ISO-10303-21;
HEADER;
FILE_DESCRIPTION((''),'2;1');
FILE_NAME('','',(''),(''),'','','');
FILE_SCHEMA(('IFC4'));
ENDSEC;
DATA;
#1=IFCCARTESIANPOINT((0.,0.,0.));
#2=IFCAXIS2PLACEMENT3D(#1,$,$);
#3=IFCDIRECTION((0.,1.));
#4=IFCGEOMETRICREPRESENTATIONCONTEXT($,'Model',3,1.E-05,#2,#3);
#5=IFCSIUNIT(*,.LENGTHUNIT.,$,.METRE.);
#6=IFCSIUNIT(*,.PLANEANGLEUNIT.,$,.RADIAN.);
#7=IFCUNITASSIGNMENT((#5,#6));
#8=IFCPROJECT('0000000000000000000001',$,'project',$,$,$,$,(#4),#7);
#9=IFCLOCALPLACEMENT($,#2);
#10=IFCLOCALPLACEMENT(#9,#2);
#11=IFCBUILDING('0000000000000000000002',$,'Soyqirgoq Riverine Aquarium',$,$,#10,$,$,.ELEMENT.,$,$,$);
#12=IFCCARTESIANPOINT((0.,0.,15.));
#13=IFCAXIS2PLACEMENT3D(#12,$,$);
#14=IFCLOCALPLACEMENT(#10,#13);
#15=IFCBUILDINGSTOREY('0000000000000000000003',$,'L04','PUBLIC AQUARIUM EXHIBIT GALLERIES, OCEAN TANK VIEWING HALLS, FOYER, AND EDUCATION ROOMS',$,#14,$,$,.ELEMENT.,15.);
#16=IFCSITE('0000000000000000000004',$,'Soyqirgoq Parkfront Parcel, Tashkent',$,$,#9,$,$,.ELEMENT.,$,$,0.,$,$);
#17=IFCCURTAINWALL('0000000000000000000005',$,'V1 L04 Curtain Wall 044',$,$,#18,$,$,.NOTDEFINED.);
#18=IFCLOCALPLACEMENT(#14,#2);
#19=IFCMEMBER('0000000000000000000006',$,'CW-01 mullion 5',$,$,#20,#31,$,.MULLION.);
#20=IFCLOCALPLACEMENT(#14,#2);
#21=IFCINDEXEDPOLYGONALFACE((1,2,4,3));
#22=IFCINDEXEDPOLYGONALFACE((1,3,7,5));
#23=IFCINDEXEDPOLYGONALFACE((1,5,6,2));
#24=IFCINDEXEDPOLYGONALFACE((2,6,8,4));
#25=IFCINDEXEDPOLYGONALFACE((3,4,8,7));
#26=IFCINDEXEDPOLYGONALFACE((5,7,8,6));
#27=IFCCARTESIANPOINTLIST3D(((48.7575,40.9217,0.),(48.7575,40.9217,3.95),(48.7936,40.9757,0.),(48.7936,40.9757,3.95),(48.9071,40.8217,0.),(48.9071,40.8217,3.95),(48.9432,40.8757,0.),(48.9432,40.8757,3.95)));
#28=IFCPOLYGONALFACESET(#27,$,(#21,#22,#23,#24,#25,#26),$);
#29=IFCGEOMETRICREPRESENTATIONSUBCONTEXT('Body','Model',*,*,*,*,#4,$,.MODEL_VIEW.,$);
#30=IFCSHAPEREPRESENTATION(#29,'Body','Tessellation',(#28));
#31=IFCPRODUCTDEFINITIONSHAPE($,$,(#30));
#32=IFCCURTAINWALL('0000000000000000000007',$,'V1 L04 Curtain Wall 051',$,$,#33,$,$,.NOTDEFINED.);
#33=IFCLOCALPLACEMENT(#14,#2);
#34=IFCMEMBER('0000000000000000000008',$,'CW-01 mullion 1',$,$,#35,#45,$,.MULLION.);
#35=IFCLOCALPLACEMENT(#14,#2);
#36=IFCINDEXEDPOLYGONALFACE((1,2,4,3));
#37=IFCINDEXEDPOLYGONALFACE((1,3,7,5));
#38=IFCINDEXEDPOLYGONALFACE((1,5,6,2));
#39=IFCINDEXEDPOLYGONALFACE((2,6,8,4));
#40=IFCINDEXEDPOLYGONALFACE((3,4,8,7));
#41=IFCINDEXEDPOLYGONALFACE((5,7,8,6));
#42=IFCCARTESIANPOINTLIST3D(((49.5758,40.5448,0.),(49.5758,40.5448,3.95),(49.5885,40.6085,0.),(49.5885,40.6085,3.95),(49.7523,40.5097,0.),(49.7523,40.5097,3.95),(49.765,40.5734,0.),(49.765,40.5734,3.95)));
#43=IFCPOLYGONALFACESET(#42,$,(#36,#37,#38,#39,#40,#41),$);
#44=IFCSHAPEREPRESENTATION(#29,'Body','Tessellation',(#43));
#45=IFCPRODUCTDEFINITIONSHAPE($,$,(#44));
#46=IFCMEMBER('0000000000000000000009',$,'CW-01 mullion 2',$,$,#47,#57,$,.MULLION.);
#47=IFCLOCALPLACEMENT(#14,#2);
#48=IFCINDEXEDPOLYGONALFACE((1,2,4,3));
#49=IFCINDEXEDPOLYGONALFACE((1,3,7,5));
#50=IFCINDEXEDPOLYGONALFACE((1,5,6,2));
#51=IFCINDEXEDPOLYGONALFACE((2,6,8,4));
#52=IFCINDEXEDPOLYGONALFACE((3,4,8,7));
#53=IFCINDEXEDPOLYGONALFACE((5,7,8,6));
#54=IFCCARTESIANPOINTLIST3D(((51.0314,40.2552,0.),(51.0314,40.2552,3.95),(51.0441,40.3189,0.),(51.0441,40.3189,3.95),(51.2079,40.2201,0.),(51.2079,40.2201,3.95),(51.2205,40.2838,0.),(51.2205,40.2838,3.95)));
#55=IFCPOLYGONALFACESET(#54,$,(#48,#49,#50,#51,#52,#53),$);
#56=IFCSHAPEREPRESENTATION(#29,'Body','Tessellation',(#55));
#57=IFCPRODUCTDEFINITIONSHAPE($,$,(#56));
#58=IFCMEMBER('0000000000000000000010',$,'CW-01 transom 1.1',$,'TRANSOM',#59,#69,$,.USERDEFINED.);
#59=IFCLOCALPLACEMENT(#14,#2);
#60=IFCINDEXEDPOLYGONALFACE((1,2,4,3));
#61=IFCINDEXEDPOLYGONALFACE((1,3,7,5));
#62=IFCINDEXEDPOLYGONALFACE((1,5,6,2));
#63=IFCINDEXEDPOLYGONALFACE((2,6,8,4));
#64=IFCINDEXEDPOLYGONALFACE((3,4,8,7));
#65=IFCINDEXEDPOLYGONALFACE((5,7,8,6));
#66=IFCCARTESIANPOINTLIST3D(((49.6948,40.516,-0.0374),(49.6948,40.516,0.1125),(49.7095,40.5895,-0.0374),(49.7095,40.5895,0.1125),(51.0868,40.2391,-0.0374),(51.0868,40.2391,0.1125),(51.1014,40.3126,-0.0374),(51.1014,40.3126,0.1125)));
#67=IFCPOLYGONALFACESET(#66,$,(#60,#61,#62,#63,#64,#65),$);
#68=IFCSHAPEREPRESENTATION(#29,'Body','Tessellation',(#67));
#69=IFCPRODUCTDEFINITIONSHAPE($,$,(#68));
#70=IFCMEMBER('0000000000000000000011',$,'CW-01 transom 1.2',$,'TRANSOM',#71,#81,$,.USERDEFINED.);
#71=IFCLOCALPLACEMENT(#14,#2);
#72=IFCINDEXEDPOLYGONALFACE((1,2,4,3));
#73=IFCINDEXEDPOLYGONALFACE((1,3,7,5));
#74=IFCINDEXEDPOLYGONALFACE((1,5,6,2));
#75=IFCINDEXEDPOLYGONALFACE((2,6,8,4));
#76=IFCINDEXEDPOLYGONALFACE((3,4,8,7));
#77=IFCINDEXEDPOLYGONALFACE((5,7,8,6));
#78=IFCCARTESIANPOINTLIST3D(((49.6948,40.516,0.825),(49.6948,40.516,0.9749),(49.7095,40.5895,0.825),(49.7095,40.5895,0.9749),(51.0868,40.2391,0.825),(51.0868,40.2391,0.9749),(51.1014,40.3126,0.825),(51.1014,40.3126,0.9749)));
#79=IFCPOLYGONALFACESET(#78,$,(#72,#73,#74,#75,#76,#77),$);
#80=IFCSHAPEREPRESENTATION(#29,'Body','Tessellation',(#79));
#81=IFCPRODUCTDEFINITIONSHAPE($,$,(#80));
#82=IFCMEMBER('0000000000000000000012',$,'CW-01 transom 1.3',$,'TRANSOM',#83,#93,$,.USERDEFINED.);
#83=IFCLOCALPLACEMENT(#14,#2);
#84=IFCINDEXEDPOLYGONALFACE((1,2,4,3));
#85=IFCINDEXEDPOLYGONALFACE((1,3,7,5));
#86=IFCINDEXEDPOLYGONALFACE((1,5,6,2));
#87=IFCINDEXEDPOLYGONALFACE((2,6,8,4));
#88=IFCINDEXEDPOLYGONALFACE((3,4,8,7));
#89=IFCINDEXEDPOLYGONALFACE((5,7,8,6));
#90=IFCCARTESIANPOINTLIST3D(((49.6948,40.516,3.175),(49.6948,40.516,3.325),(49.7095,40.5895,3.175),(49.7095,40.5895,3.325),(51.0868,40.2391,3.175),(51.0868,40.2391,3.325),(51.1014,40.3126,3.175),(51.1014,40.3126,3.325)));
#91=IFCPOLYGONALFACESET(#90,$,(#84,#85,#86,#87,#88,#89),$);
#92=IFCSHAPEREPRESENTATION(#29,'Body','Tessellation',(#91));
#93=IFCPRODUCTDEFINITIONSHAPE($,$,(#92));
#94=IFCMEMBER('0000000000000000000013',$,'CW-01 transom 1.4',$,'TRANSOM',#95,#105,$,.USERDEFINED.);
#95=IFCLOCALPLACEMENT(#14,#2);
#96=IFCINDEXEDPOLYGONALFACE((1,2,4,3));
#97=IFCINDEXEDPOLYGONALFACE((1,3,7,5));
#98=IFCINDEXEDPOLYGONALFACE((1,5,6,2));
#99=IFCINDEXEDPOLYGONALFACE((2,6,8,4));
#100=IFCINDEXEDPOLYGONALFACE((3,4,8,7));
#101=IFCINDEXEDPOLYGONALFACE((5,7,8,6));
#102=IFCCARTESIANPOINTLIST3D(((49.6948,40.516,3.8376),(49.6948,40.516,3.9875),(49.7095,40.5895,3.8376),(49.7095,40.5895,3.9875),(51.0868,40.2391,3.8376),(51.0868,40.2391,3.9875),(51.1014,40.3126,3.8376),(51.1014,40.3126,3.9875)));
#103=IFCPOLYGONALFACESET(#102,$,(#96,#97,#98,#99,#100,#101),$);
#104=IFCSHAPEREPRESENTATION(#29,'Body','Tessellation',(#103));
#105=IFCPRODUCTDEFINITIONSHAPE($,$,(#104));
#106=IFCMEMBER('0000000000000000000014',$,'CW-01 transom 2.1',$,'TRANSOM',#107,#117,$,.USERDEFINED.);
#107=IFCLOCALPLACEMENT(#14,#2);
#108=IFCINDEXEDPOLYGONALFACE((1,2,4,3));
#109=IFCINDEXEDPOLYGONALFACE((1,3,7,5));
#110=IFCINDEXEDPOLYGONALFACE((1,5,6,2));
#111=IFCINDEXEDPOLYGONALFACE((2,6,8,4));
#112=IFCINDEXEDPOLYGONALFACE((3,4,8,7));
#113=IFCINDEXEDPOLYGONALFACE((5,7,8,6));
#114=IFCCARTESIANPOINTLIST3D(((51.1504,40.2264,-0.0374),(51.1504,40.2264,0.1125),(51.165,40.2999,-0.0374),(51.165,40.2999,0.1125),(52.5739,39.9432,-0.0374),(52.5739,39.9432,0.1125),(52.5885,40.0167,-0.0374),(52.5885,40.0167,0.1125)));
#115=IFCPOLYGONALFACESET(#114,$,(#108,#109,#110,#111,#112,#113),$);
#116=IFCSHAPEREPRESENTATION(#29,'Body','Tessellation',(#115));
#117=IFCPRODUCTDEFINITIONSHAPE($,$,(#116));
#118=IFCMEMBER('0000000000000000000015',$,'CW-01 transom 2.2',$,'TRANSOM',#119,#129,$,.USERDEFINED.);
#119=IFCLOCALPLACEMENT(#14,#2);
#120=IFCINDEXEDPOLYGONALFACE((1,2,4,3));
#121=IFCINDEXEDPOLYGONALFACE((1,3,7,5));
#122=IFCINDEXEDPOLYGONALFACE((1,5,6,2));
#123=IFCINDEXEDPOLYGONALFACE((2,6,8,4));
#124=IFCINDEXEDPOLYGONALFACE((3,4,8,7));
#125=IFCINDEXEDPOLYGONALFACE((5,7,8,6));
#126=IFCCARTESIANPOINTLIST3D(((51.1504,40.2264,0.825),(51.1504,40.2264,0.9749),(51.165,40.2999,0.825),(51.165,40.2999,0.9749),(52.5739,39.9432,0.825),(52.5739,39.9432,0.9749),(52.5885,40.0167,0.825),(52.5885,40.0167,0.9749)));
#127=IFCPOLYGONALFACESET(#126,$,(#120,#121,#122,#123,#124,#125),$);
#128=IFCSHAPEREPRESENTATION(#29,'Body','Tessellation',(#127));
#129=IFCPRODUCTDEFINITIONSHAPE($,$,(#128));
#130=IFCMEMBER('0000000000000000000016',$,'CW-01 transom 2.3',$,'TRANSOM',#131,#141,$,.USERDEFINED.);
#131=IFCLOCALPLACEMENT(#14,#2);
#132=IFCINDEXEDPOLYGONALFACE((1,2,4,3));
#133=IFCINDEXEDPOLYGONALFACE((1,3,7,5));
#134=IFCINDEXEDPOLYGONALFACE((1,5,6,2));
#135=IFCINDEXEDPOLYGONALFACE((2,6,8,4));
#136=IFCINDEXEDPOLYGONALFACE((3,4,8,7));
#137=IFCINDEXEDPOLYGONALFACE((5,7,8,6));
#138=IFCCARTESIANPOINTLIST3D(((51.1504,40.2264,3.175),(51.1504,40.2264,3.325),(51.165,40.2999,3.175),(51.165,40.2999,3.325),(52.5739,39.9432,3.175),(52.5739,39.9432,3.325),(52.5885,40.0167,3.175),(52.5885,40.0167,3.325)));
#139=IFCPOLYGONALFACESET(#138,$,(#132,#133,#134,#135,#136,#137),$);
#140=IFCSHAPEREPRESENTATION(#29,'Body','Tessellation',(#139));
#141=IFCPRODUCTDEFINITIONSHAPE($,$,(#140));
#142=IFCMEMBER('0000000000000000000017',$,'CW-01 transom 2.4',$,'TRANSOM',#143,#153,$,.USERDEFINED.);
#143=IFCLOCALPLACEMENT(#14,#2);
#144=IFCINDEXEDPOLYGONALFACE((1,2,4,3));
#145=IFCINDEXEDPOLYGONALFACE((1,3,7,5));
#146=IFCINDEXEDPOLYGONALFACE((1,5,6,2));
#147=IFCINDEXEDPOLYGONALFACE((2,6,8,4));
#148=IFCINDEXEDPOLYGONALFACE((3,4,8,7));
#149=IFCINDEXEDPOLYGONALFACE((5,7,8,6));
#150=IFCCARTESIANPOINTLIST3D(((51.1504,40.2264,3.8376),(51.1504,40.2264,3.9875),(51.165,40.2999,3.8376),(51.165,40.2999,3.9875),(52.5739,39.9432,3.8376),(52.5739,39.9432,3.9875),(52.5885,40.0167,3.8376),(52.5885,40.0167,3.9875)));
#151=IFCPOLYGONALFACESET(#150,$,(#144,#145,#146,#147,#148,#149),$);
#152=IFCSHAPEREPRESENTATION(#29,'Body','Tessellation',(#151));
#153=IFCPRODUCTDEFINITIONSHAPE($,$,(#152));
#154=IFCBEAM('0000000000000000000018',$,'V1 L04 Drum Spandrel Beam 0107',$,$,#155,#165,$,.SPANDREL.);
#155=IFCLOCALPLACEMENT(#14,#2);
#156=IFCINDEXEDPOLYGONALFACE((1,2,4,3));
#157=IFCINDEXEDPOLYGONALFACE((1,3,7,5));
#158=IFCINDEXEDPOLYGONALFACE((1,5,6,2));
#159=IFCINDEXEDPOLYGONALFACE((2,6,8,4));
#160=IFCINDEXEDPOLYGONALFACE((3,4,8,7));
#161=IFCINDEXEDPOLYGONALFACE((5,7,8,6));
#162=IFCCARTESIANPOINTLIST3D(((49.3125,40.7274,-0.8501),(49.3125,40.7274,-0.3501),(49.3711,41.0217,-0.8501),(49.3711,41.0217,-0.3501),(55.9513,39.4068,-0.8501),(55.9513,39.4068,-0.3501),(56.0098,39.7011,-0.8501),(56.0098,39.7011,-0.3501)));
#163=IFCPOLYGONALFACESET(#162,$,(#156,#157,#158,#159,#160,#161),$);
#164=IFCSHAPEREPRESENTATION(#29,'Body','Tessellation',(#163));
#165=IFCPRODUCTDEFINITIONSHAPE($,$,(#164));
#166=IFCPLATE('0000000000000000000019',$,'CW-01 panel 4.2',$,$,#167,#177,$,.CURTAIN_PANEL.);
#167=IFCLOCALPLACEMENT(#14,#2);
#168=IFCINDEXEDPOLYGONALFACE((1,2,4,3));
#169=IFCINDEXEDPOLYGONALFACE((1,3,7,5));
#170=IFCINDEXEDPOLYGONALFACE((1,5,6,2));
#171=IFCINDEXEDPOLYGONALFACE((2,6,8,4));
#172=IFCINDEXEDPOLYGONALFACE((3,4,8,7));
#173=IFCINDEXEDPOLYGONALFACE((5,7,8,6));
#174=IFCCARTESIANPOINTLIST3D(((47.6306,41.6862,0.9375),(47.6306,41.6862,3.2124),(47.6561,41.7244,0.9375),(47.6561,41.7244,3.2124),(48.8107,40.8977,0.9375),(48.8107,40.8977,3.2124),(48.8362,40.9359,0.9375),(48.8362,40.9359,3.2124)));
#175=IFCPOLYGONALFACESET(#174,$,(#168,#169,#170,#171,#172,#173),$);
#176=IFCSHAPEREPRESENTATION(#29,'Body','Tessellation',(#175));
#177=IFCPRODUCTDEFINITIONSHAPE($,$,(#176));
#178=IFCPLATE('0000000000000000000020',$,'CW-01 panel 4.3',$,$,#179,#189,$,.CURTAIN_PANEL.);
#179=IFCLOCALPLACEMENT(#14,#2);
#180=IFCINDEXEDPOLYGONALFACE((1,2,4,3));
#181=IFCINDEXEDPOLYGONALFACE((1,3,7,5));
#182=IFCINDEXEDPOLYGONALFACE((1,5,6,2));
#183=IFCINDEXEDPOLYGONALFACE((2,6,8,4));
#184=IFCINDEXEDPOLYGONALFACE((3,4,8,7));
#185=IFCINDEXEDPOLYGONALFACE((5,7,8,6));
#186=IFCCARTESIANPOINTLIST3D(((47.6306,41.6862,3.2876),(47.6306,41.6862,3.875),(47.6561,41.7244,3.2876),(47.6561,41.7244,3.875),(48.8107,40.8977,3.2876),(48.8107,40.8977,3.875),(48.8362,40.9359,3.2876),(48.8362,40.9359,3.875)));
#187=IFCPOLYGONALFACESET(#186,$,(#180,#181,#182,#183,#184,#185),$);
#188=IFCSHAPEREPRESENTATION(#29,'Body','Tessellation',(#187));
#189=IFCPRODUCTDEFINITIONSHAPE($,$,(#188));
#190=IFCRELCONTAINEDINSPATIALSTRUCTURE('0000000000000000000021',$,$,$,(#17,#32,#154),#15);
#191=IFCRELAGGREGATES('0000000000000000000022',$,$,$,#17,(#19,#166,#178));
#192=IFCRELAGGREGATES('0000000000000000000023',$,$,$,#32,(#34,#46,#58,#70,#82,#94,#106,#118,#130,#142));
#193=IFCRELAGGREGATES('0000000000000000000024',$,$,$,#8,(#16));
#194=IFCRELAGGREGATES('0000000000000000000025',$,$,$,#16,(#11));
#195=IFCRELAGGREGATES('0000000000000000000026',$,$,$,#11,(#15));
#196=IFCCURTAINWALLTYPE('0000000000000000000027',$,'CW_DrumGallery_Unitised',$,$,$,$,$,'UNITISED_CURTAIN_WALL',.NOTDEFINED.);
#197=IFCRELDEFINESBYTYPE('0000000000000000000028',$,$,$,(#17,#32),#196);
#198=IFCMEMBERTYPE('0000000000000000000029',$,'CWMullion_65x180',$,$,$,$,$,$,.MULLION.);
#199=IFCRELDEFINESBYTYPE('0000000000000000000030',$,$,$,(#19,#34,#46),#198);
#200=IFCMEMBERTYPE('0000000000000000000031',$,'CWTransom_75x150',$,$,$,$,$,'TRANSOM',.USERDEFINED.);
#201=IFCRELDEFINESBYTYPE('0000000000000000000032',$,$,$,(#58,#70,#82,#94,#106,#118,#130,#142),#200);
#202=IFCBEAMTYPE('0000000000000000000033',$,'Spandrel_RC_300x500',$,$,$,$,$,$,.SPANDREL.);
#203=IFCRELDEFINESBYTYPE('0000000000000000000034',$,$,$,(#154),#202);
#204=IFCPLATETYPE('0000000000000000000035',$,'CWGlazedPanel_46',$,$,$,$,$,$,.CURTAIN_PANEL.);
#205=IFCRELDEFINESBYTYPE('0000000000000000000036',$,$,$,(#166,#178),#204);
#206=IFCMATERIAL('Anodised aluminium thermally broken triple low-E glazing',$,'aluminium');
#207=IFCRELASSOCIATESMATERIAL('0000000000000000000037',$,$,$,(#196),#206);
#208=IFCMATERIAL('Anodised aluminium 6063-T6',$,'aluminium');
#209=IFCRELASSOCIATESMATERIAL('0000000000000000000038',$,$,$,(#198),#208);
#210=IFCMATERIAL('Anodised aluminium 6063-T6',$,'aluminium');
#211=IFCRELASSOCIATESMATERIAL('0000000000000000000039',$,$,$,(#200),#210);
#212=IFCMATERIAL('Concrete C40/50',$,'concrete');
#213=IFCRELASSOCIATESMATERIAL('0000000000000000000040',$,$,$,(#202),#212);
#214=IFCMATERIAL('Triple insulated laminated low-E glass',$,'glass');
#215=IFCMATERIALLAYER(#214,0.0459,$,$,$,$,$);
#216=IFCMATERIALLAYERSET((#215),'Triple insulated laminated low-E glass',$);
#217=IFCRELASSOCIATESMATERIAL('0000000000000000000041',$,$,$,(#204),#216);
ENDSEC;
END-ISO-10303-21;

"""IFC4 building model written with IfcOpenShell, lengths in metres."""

from ifc_helpers import new_model, si_unit, direction, frame, origin, origin_2d, place, context, subcontext, project, spatial, rectangle, extrude, material, layer, layer_set, material_profile, profile_set, type_object, element, aggregate, save


model = new_model("IFC4")

# Units and contexts
model_context = context("Model", 3, precision=1e-05, world=origin(), true_north=direction((0.0, 1.0)))
body_context = subcontext(model_context, "Body", "Model", "MODEL_VIEW")
ifc_project = project(units=[si_unit("LENGTHUNIT", "METRE"), si_unit("PLANEANGLEUNIT", "RADIAN")], contexts=[model_context])

# Site, building, storey
site_placement = place(None, origin())
site = spatial("IfcSite", under=ifc_project, at=site_placement, Name="Soyqirgoq Parkfront Parcel, Tashkent", CompositionType="ELEMENT", RefElevation=0.0)
building_placement = place(site_placement, origin())
building = spatial("IfcBuilding", under=site, at=building_placement, Name="Soyqirgoq Riverine Aquarium", CompositionType="ELEMENT")
storey_placement = place(building_placement, frame((0.0, 0.0, 15.0)))
storey = spatial("IfcBuildingStorey", under=building, at=storey_placement, Name="L04", Description="PUBLIC AQUARIUM EXHIBIT GALLERIES, OCEAN TANK VIEWING HALLS, FOYER, AND EDUCATION ROOMS", CompositionType="ELEMENT", Elevation=15.0)

# Curtain wall, member
ifc_material_1 = material(Name="Anodised aluminium thermally broken triple low-E glazing", Category="aluminium")
curtain_wall_type = type_object("IfcCurtainWallType", Name="CW_DrumGallery_Unitised", ElementType="UNITISED_CURTAIN_WALL", PredefinedType="NOTDEFINED", material=ifc_material_1)
curtain_wall_1_placement = place(storey_placement, origin())
curtain_wall_1 = element("IfcCurtainWall", 1, at=curtain_wall_1_placement, inside=storey, type_object=curtain_wall_type, Name="V1 L04 Curtain Wall 044", PredefinedType="NOTDEFINED")
ifc_material_2 = material(Name="Anodised aluminium 6063-T6", Category="aluminium")
ifc_material_profile_1 = material_profile(ifc_material_2, rectangle(XDim=0.0649, YDim=0.1799, at=origin_2d()), Name="ALU-M 65x180")
ifc_profile_set_1 = profile_set([ifc_material_profile_1], Name="Anodised aluminium 6063-T6")
member_type_1 = type_object("IfcMemberType", Name="CWMullion_65x180", PredefinedType="MULLION", material=ifc_profile_set_1)
member_1_placement = place(storey_placement, frame((48.8503, 40.8987, 0.0), z_axis=(0.0, 0.0, 1.0), x_axis=(0.555579, 0.831464, 0.0)))
member_1 = element("IfcMember", 2, at=member_1_placement, type_object=member_type_1, Name="CW-01 mullion 5", PredefinedType="MULLION", context=body_context, shape_type="SweptSolid", body=[
    extrude(rectangle(XDim=0.0649, YDim=0.1799, at=origin_2d()), origin(), (0.0, 0.0, 1.0), 3.95),
])

# Curtain wall, members
curtain_wall_2_placement = place(storey_placement, origin())
curtain_wall_2 = element("IfcCurtainWall", 3, at=curtain_wall_2_placement, inside=storey, type_object=curtain_wall_type, Name="V1 L04 Curtain Wall 051", PredefinedType="NOTDEFINED")
member_2_placement = place(storey_placement, frame((49.6704, 40.5591, 0.0), z_axis=(0.0, 0.0, 1.0), x_axis=(0.195102, 0.980783, 0.0)))
member_2 = element("IfcMember", 4, at=member_2_placement, type_object=member_type_1, Name="CW-01 mullion 1", PredefinedType="MULLION", context=body_context, shape_type="SweptSolid", body=[
    extrude(rectangle(XDim=0.0649, YDim=0.1799, at=origin_2d()), origin(), (0.0, 0.0, 1.0), 3.95),
])
member_3_placement = place(storey_placement, frame((51.126, 40.2695, 0.0), z_axis=(0.0, 0.0, 1.0), x_axis=(0.195102, 0.980783, 0.0)))
member_3 = element("IfcMember", 5, at=member_3_placement, type_object=member_type_1, Name="CW-01 mullion 2", PredefinedType="MULLION", context=body_context, shape_type="SweptSolid", body=[
    extrude(rectangle(XDim=0.0649, YDim=0.1799, at=origin_2d()), origin(), (0.0, 0.0, 1.0), 3.95),
])
ifc_material_3 = material(Name="Anodised aluminium 6063-T6", Category="aluminium")
ifc_material_profile_2 = material_profile(ifc_material_3, rectangle(XDim=0.075, YDim=0.1499, at=origin_2d()), Name="ALU-T 75x150")
ifc_profile_set_2 = profile_set([ifc_material_profile_2], Name="Anodised aluminium 6063-T6")
member_type_2 = type_object("IfcMemberType", Name="CWTransom_75x150", ElementType="TRANSOM", PredefinedType="USERDEFINED", material=ifc_profile_set_2)
member_4_placement = place(storey_placement, frame((49.7021, 40.5527, 0.0376), z_axis=(0.980785, -0.19509, 0.0), x_axis=(0.19509, 0.980785, 0.0)))
member_4 = element("IfcMember", 6, at=member_4_placement, type_object=member_type_2, Name="CW-01 transom 1.1", ObjectType="TRANSOM", PredefinedType="USERDEFINED", context=body_context, shape_type="SweptSolid", body=[
    extrude(rectangle(XDim=0.075, YDim=0.1499, at=origin_2d()), origin(), (0.0, 0.0, 1.0), 1.4192),
])
member_5_placement = place(storey_placement, frame((49.7021, 40.5527, 0.8999), z_axis=(0.980785, -0.19509, 0.0), x_axis=(0.19509, 0.980785, 0.0)))
member_5 = element("IfcMember", 7, at=member_5_placement, type_object=member_type_2, Name="CW-01 transom 1.2", ObjectType="TRANSOM", PredefinedType="USERDEFINED", context=body_context, shape_type="SweptSolid", body=[
    extrude(rectangle(XDim=0.075, YDim=0.1499, at=origin_2d()), origin(), (0.0, 0.0, 1.0), 1.4192),
])
member_6_placement = place(storey_placement, frame((49.7021, 40.5527, 3.25), z_axis=(0.980785, -0.19509, 0.0), x_axis=(0.19509, 0.980785, 0.0)))
member_6 = element("IfcMember", 8, at=member_6_placement, type_object=member_type_2, Name="CW-01 transom 1.3", ObjectType="TRANSOM", PredefinedType="USERDEFINED", context=body_context, shape_type="SweptSolid", body=[
    extrude(rectangle(XDim=0.075, YDim=0.1499, at=origin_2d()), origin(), (0.0, 0.0, 1.0), 1.4192),
])
member_7_placement = place(storey_placement, frame((49.7021, 40.5527, 3.9126), z_axis=(0.980785, -0.19509, 0.0), x_axis=(0.19509, 0.980785, 0.0)))
member_7 = element("IfcMember", 9, at=member_7_placement, type_object=member_type_2, Name="CW-01 transom 1.4", ObjectType="TRANSOM", PredefinedType="USERDEFINED", context=body_context, shape_type="SweptSolid", body=[
    extrude(rectangle(XDim=0.075, YDim=0.1499, at=origin_2d()), origin(), (0.0, 0.0, 1.0), 1.4192),
])
member_8_placement = place(storey_placement, frame((51.1577, 40.2632, 0.0376), z_axis=(0.980781, -0.195113, 0.0), x_axis=(0.195113, 0.980781, 0.0)))
member_8 = element("IfcMember", 10, at=member_8_placement, type_object=member_type_2, Name="CW-01 transom 2.1", ObjectType="TRANSOM", PredefinedType="USERDEFINED", context=body_context, shape_type="SweptSolid", body=[
    extrude(rectangle(XDim=0.075, YDim=0.1499, at=origin_2d()), origin(), (0.0, 0.0, 1.0), 1.4514),
])
member_9_placement = place(storey_placement, frame((51.1577, 40.2632, 0.8999), z_axis=(0.980781, -0.195113, 0.0), x_axis=(0.195113, 0.980781, 0.0)))
member_9 = element("IfcMember", 11, at=member_9_placement, type_object=member_type_2, Name="CW-01 transom 2.2", ObjectType="TRANSOM", PredefinedType="USERDEFINED", context=body_context, shape_type="SweptSolid", body=[
    extrude(rectangle(XDim=0.075, YDim=0.1499, at=origin_2d()), origin(), (0.0, 0.0, 1.0), 1.4514),
])
member_10_placement = place(storey_placement, frame((51.1577, 40.2632, 3.25), z_axis=(0.980781, -0.195113, 0.0), x_axis=(0.195113, 0.980781, 0.0)))
member_10 = element("IfcMember", 12, at=member_10_placement, type_object=member_type_2, Name="CW-01 transom 2.3", ObjectType="TRANSOM", PredefinedType="USERDEFINED", context=body_context, shape_type="SweptSolid", body=[
    extrude(rectangle(XDim=0.075, YDim=0.1499, at=origin_2d()), origin(), (0.0, 0.0, 1.0), 1.4514),
])
member_11_placement = place(storey_placement, frame((51.1577, 40.2632, 3.9126), z_axis=(0.980781, -0.195113, 0.0), x_axis=(0.195113, 0.980781, 0.0)))
member_11 = element("IfcMember", 13, at=member_11_placement, type_object=member_type_2, Name="CW-01 transom 2.4", ObjectType="TRANSOM", PredefinedType="USERDEFINED", context=body_context, shape_type="SweptSolid", body=[
    extrude(rectangle(XDim=0.075, YDim=0.1499, at=origin_2d()), origin(), (0.0, 0.0, 1.0), 1.4514),
])

# Beam
ifc_material_4 = material(Name="Concrete C40/50", Category="concrete")
ifc_material_profile_3 = material_profile(ifc_material_4, rectangle(XDim=0.3, YDim=0.5, at=origin_2d()), Name="RC 300x500")
ifc_profile_set_3 = profile_set([ifc_material_profile_3], Name="Concrete C40/50")
beam_type = type_object("IfcBeamType", Name="Spandrel_RC_300x500", PredefinedType="SPANDREL", material=ifc_profile_set_3)
beam_placement = place(storey_placement, frame((49.3418, 40.8745, -0.6001), z_axis=(0.980784, -0.195096, 0.0), x_axis=(0.195096, 0.980784, 0.0)))
element("IfcBeam", 14, at=beam_placement, inside=storey, type_object=beam_type, Name="V1 L04 Drum Spandrel Beam 0107", PredefinedType="SPANDREL", context=body_context, shape_type="SweptSolid", body=[
    extrude(rectangle(XDim=0.3, YDim=0.5, at=origin_2d()), origin(), (0.0, 0.0, 1.0), 6.7688),
])

# Plates
ifc_material_5 = material(Name="Triple insulated laminated low-E glass", Category="glass")
ifc_layer_1 = layer(ifc_material_5, 0.0459)
ifc_layer_set_1 = layer_set([ifc_layer_1], Name="Triple insulated laminated low-E glass")
plate_type = type_object("IfcPlateType", Name="CWGlazedPanel_46", PredefinedType="CURTAIN_PANEL", material=ifc_layer_set_1)
plate_1_placement = place(storey_placement, frame((48.2334, 41.311, 0.9375), z_axis=(0.0, 0.0, 1.0), x_axis=(0.831464, -0.555579, 0.0)))
plate_1 = element("IfcPlate", 15, at=plate_1_placement, type_object=plate_type, Name="CW-01 panel 4.2", PredefinedType="CURTAIN_PANEL", context=body_context, shape_type="SweptSolid", body=[
    extrude(rectangle(XDim=1.4192, YDim=0.0459, at=origin_2d()), origin(), (0.0, 0.0, 1.0), 2.2749),
])
plate_2_placement = place(storey_placement, frame((48.2334, 41.311, 3.2876), z_axis=(0.0, 0.0, 1.0), x_axis=(0.831464, -0.555579, 0.0)))
plate_2 = element("IfcPlate", 16, at=plate_2_placement, type_object=plate_type, Name="CW-01 panel 4.3", PredefinedType="CURTAIN_PANEL", context=body_context, shape_type="SweptSolid", body=[
    extrude(rectangle(XDim=1.4192, YDim=0.0459, at=origin_2d()), origin(), (0.0, 0.0, 1.0), 0.5874),
])
aggregate(curtain_wall_1, [member_1, plate_1, plate_2])
aggregate(curtain_wall_2, [member_2, member_3, member_4, member_5, member_6, member_7, member_8, member_9, member_10, member_11])

save(model, "model.ifc")
